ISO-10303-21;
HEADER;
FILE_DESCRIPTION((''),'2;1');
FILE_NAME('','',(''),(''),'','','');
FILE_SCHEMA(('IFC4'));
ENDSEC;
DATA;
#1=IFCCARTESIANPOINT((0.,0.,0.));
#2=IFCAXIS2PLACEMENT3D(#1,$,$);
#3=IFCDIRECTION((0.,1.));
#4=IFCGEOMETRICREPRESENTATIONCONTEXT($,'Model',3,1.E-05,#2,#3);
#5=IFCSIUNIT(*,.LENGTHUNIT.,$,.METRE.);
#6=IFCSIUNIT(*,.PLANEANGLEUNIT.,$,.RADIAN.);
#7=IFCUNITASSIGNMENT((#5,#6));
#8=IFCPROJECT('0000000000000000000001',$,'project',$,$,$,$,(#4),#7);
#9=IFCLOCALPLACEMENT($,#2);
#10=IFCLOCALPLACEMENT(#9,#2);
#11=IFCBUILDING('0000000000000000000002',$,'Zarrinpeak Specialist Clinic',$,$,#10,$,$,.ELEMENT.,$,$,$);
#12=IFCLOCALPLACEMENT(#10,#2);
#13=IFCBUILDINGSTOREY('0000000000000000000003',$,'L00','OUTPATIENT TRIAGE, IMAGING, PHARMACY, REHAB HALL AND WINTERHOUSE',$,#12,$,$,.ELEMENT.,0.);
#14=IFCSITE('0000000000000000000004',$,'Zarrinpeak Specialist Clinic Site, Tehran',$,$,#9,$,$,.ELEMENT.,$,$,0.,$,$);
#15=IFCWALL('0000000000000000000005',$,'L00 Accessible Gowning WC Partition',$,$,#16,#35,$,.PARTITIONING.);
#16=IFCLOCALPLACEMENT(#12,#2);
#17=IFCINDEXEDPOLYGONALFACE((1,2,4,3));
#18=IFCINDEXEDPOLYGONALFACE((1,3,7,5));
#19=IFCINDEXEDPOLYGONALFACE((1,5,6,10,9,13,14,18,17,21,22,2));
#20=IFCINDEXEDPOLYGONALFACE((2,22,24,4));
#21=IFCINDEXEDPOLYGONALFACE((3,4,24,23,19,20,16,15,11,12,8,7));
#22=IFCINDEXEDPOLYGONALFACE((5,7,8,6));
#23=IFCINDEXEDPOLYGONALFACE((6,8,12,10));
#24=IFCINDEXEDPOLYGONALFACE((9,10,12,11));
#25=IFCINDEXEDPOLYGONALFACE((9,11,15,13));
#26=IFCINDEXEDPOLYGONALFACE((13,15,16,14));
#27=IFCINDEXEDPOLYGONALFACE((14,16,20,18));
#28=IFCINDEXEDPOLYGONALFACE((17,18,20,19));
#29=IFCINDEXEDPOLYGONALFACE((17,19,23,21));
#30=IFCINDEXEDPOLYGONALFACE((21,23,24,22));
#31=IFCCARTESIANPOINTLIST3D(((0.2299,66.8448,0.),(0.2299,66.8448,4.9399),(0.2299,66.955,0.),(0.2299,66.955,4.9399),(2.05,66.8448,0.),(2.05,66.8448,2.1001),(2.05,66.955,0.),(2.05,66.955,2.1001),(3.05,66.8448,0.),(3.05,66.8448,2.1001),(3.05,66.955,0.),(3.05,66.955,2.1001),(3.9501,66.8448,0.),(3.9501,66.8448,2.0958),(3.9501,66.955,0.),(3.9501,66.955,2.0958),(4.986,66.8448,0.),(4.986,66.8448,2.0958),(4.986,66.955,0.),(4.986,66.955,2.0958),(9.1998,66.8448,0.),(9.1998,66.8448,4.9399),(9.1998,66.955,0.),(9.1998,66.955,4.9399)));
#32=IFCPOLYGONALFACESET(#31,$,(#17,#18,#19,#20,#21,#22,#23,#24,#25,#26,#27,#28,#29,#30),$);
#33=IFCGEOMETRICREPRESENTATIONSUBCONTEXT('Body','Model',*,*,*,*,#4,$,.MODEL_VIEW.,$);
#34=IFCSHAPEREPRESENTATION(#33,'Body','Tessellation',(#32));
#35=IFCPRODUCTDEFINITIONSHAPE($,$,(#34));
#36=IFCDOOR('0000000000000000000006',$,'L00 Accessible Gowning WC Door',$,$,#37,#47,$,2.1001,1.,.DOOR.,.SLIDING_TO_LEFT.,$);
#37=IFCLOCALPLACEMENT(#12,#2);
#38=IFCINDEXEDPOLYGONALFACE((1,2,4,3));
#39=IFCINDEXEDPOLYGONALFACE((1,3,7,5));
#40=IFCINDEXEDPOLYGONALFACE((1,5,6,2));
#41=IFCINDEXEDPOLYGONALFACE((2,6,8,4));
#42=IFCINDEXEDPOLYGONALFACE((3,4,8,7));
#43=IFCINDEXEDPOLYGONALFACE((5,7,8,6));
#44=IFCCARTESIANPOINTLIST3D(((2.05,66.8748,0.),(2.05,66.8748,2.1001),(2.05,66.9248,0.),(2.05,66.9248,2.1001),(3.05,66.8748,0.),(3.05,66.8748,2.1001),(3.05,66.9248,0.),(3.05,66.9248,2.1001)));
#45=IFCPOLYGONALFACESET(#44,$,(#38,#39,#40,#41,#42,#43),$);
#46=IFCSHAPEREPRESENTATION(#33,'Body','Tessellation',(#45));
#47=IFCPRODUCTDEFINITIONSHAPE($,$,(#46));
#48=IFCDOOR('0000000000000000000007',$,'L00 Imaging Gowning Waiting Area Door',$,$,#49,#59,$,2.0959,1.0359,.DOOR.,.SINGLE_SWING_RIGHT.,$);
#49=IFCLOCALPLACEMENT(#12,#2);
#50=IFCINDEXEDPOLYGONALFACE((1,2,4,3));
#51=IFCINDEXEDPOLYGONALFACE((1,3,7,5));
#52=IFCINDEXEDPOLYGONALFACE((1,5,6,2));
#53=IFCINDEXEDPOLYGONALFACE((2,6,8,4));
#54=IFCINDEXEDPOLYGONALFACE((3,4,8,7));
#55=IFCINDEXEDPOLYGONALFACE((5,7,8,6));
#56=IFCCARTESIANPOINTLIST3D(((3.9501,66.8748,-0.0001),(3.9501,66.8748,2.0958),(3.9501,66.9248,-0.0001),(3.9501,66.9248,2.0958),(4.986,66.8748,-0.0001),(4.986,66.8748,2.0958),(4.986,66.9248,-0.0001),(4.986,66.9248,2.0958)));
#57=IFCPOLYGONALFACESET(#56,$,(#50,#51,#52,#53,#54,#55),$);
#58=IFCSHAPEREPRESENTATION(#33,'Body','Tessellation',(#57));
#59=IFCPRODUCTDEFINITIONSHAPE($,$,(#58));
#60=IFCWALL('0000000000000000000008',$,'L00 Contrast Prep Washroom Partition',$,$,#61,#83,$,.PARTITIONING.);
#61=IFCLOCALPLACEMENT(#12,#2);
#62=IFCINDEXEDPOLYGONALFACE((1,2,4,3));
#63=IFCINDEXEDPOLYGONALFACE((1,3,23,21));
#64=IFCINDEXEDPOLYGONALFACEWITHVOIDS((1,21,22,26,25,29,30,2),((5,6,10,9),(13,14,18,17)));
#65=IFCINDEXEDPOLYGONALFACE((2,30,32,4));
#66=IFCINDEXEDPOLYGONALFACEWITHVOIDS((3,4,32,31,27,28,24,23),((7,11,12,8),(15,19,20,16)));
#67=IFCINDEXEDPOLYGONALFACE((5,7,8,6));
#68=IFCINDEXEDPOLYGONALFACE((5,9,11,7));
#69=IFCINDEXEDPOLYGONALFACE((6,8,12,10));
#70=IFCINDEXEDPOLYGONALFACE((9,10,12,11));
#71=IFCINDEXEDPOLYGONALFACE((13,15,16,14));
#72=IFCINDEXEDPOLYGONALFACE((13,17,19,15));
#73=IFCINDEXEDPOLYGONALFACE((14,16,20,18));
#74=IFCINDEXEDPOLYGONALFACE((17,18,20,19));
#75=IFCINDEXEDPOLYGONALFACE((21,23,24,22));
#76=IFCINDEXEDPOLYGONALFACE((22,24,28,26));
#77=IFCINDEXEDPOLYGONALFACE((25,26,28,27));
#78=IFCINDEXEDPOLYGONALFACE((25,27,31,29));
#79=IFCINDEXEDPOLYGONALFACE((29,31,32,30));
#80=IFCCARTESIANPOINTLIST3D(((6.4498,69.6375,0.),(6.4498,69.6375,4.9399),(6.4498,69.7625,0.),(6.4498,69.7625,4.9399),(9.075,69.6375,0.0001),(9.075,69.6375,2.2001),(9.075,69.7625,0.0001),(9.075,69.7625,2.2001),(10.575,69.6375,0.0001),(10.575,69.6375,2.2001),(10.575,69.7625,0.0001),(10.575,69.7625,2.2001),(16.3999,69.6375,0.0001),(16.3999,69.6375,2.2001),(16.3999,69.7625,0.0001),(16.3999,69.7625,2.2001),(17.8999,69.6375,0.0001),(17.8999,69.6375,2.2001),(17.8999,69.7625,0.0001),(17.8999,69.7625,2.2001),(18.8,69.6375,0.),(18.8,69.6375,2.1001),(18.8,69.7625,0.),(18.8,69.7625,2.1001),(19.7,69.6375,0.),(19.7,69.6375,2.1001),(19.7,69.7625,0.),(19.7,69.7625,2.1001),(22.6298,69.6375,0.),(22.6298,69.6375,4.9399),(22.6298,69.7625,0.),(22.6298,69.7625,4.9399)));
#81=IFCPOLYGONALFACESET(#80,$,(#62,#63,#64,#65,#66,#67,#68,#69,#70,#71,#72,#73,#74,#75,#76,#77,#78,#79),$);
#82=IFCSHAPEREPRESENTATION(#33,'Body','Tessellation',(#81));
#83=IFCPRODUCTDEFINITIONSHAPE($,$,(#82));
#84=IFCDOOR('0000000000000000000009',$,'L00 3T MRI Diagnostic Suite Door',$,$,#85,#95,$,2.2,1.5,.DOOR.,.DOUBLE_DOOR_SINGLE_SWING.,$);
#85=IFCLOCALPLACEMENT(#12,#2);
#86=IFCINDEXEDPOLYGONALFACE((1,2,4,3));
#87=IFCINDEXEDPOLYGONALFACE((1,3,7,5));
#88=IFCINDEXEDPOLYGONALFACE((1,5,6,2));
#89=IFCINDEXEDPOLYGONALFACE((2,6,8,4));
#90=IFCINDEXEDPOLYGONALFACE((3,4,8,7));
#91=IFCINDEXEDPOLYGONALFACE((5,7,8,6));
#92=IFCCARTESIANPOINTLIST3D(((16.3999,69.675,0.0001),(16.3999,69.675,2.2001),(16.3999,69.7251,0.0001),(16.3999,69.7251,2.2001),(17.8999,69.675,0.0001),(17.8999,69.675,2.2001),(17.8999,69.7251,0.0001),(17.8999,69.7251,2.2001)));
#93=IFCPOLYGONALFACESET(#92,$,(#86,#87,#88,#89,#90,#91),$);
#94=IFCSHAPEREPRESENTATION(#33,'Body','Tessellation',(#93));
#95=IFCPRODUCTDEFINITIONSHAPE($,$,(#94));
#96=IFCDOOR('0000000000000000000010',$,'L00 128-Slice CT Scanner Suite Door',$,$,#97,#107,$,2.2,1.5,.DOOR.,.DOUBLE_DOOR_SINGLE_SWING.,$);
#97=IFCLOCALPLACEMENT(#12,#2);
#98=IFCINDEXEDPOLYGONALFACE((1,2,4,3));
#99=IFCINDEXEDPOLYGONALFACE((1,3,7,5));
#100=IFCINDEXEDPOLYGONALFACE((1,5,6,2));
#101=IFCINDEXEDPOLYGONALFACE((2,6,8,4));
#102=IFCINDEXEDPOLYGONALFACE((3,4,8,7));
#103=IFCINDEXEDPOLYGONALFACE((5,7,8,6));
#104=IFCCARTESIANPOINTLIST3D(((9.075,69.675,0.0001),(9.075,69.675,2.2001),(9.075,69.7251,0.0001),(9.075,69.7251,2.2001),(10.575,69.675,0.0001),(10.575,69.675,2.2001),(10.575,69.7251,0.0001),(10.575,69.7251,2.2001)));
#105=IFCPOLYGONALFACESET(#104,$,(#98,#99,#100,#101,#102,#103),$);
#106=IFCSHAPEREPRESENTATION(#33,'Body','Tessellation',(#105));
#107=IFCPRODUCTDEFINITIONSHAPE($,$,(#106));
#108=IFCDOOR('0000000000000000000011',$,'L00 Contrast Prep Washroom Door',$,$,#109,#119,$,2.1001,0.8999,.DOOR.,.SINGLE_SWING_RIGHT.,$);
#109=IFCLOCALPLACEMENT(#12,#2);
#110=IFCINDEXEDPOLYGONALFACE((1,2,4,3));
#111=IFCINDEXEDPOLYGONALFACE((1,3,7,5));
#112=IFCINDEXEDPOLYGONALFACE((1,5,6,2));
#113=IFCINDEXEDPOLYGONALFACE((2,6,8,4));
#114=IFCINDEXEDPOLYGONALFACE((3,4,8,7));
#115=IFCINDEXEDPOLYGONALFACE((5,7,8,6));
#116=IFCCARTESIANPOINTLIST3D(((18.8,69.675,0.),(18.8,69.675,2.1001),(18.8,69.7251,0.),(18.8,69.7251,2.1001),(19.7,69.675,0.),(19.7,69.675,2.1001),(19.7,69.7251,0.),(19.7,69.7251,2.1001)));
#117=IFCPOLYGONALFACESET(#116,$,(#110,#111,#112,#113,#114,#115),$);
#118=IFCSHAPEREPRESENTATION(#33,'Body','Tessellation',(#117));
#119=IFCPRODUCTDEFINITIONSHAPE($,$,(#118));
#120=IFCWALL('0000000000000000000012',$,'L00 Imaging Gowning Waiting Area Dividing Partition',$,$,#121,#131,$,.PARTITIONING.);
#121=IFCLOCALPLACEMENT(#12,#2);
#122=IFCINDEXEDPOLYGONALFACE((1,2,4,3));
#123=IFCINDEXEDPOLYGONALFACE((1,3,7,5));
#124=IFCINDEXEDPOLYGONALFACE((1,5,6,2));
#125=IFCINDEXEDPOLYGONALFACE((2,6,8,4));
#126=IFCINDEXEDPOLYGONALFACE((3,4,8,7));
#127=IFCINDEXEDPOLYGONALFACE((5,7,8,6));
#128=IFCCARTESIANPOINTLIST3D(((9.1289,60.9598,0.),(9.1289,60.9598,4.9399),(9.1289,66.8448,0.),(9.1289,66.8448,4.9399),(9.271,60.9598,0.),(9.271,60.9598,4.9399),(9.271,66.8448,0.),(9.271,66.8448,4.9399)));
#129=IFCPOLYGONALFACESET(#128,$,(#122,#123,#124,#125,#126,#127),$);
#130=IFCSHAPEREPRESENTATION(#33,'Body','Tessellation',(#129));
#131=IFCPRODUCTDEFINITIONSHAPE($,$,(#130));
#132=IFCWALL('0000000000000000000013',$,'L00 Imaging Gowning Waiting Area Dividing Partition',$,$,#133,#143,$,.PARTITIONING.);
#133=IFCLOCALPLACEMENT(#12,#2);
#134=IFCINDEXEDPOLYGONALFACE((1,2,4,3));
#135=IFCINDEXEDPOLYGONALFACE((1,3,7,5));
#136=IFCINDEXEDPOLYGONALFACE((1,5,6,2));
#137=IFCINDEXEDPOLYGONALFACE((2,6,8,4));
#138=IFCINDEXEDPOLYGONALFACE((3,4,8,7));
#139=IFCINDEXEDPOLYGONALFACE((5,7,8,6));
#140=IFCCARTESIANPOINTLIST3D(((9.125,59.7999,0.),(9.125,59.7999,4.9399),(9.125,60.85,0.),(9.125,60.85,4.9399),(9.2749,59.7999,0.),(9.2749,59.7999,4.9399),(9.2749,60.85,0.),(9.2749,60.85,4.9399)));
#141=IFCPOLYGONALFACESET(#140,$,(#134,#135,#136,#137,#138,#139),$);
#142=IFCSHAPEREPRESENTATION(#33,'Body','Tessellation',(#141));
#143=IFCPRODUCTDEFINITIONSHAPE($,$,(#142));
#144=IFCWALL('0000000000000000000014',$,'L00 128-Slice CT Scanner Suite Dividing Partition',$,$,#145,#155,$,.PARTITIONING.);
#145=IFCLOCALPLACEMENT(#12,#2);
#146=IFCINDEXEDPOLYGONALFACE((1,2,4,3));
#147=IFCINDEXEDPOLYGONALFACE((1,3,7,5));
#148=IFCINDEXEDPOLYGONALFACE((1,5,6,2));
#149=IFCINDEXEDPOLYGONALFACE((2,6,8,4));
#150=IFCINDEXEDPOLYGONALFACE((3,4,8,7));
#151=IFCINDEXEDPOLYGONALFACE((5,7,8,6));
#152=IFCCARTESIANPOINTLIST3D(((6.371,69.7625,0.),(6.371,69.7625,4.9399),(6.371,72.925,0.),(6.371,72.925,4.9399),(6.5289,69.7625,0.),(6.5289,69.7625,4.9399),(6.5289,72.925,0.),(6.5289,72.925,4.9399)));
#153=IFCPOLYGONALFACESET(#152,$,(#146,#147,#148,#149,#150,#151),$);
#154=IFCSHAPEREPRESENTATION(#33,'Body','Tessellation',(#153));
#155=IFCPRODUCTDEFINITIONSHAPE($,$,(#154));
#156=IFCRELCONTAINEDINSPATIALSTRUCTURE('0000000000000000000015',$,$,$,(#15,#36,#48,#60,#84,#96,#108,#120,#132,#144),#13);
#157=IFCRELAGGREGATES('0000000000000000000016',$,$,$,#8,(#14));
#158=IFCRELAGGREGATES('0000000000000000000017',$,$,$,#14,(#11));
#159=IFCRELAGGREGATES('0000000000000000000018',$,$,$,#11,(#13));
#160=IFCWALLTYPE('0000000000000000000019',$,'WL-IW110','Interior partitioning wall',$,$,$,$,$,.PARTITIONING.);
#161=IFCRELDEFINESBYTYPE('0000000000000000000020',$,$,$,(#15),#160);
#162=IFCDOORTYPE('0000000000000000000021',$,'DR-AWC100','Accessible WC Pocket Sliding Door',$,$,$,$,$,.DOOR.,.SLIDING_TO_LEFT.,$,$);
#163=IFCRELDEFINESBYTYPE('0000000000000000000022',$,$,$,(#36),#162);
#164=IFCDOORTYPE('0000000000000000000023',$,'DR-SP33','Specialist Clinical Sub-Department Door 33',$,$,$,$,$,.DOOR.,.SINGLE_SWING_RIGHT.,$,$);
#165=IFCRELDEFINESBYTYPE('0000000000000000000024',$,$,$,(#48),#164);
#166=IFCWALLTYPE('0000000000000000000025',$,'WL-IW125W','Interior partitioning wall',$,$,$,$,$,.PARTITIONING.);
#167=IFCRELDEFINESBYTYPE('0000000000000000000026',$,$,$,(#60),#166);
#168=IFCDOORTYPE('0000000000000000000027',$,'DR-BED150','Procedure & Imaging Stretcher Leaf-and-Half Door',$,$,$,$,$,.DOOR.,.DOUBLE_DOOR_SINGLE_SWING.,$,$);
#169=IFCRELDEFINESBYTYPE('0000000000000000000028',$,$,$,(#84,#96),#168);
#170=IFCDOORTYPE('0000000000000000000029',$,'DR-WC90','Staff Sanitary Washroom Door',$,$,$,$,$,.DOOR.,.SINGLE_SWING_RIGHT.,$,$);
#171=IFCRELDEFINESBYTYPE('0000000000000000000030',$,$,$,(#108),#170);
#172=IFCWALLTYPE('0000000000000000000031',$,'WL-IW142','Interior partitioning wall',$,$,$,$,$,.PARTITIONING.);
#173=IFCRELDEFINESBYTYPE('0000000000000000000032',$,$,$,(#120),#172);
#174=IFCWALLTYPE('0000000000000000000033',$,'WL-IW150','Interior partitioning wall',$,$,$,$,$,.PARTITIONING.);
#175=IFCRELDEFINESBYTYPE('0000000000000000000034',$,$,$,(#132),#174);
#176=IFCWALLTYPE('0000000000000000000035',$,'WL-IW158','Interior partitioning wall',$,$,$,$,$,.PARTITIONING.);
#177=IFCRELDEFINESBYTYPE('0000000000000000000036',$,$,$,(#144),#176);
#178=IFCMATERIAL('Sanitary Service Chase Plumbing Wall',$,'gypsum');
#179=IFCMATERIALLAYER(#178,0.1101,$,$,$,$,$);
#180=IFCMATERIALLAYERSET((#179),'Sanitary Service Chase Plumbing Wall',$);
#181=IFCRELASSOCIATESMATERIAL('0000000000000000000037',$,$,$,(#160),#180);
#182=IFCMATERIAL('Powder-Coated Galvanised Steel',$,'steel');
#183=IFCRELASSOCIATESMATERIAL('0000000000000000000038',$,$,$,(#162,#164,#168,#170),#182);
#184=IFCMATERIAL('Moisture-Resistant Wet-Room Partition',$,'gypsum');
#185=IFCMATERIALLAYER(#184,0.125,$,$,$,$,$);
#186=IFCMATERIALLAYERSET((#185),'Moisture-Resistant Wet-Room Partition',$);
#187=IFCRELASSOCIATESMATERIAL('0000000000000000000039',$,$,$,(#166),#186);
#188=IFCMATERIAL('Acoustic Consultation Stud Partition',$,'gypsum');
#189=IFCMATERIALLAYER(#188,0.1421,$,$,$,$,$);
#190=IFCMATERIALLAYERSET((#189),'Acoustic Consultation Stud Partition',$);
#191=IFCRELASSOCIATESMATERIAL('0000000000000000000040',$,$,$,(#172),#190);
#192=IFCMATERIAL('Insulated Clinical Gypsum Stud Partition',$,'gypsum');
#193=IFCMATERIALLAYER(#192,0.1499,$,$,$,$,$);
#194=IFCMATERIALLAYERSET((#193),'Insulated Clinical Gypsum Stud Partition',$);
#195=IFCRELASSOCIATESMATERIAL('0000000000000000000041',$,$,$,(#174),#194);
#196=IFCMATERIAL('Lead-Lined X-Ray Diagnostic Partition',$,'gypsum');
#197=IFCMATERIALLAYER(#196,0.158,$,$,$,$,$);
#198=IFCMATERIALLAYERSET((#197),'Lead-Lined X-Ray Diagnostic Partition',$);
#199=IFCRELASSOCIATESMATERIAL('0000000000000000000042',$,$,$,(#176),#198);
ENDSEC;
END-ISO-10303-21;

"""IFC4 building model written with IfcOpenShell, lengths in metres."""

from ifc_helpers import new_model, si_unit, direction, frame, frame_2d, origin, place, context, subcontext, project, spatial, rectangle, extrude, material, layer, layer_set, type_object, element, fill, save


model = new_model("IFC4")

# Units and contexts
model_context = context("Model", 3, precision=1e-05, world=origin(), true_north=direction((0.0, 1.0)))
body_context = subcontext(model_context, "Body", "Model", "MODEL_VIEW")
ifc_project = project(units=[si_unit("LENGTHUNIT", "METRE"), si_unit("PLANEANGLEUNIT", "RADIAN")], contexts=[model_context])

# Site, building, storey
site_placement = place(None, origin())
site = spatial("IfcSite", under=ifc_project, at=site_placement, Name="Zarrinpeak Specialist Clinic Site, Tehran", CompositionType="ELEMENT", RefElevation=0.0)
building_placement = place(site_placement, origin())
building = spatial("IfcBuilding", under=site, at=building_placement, Name="Zarrinpeak Specialist Clinic", CompositionType="ELEMENT")
storey_placement = place(building_placement, origin())
storey = spatial("IfcBuildingStorey", under=building, at=storey_placement, Name="L00", Description="OUTPATIENT TRIAGE, IMAGING, PHARMACY, REHAB HALL AND WINTERHOUSE", CompositionType="ELEMENT", Elevation=0.0)

# Shared definitions
ifc_material_1 = material(Name="Sanitary Service Chase Plumbing Wall", Category="gypsum")
ifc_layer_1 = layer(ifc_material_1, 0.1101)
ifc_layer_set_1 = layer_set([ifc_layer_1], Name="Sanitary Service Chase Plumbing Wall")
wall_type_1 = type_object("IfcWallType", Name="WL-IW110", Description="Interior partitioning wall", PredefinedType="PARTITIONING", material=ifc_layer_set_1)

# Walls, openings, doors
wall_1_placement = place(storey_placement, frame((0.23, 66.8999, 0.0), z_axis=(0.0, 0.0, 1.0), x_axis=(1.0, 0.0, 0.0)))
wall_1 = element("IfcWall", 1, at=wall_1_placement, inside=storey, type_object=wall_type_1, Name="L00 Accessible Gowning WC Partition", PredefinedType="PARTITIONING", context=body_context, shape_type="SweptSolid", body=[
    extrude(rectangle(XDim=8.97, YDim=0.1101, at=frame_2d((4.4849, 0.0))), origin(), (0.0, 0.0, 1.0), 4.9399),
])
opening_1_placement = place(wall_1_placement, frame((1.8201, 0.0, 0.0)))
opening_1 = element("IfcOpeningElement", 2, at=opening_1_placement, cuts=wall_1, PredefinedType="OPENING", context=body_context, shape_type="SweptSolid", body=[
    extrude(rectangle(XDim=1.0, YDim=2.1001, at=frame_2d((0.5, 1.05))), frame((0.0, 0.0649, 0.0), z_axis=(0.0, -1.0, 0.0), x_axis=(1.0, 0.0, 0.0)), (0.0, 0.0, 1.0), 0.1301),
])
opening_2_placement = place(wall_1_placement, frame((3.72, 0.0, 0.0)))
opening_2 = element("IfcOpeningElement", 3, at=opening_2_placement, cuts=wall_1, PredefinedType="OPENING", context=body_context, shape_type="SweptSolid", body=[
    extrude(rectangle(XDim=1.0359, YDim=2.0959, at=frame_2d((0.5181, 1.0479))), frame((0.0, 0.0649, 0.0), z_axis=(0.0, -1.0, 0.0), x_axis=(1.0, 0.0, 0.0)), (0.0, 0.0, 1.0), 0.1301),
])
ifc_material_2 = material(Name="Powder-Coated Galvanised Steel", Category="steel")
door_type_1 = type_object("IfcDoorType", Name="DR-AWC100", Description="Accessible WC Pocket Sliding Door", OperationType="SLIDING_TO_LEFT", PredefinedType="DOOR", material=ifc_material_2)
door_1_placement = place(opening_1_placement, origin())
door_1 = element("IfcDoor", 4, at=door_1_placement, inside=storey, type_object=door_type_1, Name="L00 Accessible Gowning WC Door", OperationType="SLIDING_TO_LEFT", OverallHeight=2.1001, OverallWidth=1.0, PredefinedType="DOOR", context=body_context, shape_type="SweptSolid", body=[
    extrude(rectangle(XDim=1.0, YDim=2.1001, at=frame_2d((0.5, 1.05))), frame((0.0, 0.0249, 0.0), z_axis=(0.0, -1.0, 0.0), x_axis=(1.0, 0.0, 0.0)), (0.0, 0.0, 1.0), 0.05),
])
fill(opening_1, door_1)
door_type_2 = type_object("IfcDoorType", Name="DR-SP33", Description="Specialist Clinical Sub-Department Door 33", OperationType="SINGLE_SWING_RIGHT", PredefinedType="DOOR", material=ifc_material_2)
door_2_placement = place(opening_2_placement, origin())
door_2 = element("IfcDoor", 5, at=door_2_placement, inside=storey, type_object=door_type_2, Name="L00 Imaging Gowning Waiting Area Door", OperationType="SINGLE_SWING_RIGHT", OverallHeight=2.0959, OverallWidth=1.0359, PredefinedType="DOOR", context=body_context, shape_type="SweptSolid", body=[
    extrude(rectangle(XDim=1.0359, YDim=2.0959, at=frame_2d((0.5181, 1.0479))), frame((0.0, 0.0249, 0.0), z_axis=(0.0, -1.0, 0.0), x_axis=(1.0, 0.0, 0.0)), (0.0, 0.0, 1.0), 0.05),
])
fill(opening_2, door_2)
ifc_material_3 = material(Name="Moisture-Resistant Wet-Room Partition", Category="gypsum")
ifc_layer_2 = layer(ifc_material_3, 0.125)
ifc_layer_set_2 = layer_set([ifc_layer_2], Name="Moisture-Resistant Wet-Room Partition")
wall_type_2 = type_object("IfcWallType", Name="WL-IW125W", Description="Interior partitioning wall", PredefinedType="PARTITIONING", material=ifc_layer_set_2)
wall_2_placement = place(storey_placement, frame((6.45, 69.7, 0.0), z_axis=(0.0, 0.0, 1.0), x_axis=(1.0, 0.0, 0.0)))
wall_2 = element("IfcWall", 6, at=wall_2_placement, inside=storey, type_object=wall_type_2, Name="L00 Contrast Prep Washroom Partition", PredefinedType="PARTITIONING", context=body_context, shape_type="SweptSolid", body=[
    extrude(rectangle(XDim=16.1799, YDim=0.125, at=frame_2d((8.0898, 0.0))), origin(), (0.0, 0.0, 1.0), 4.9399),
])
opening_3_placement = place(wall_2_placement, frame((12.3501, 0.0, 0.0)))
opening_3 = element("IfcOpeningElement", 7, at=opening_3_placement, cuts=wall_2, PredefinedType="OPENING", context=body_context, shape_type="SweptSolid", body=[
    extrude(rectangle(XDim=0.8999, YDim=2.1001, at=frame_2d((0.45, 1.05))), frame((0.0, 0.0725, 0.0), z_axis=(0.0, -1.0, 0.0), x_axis=(1.0, 0.0, 0.0)), (0.0, 0.0, 1.0), 0.145),
])
opening_4_placement = place(wall_2_placement, frame((9.95, 0.0, 0.0)))
opening_4 = element("IfcOpeningElement", 8, at=opening_4_placement, cuts=wall_2, PredefinedType="OPENING", context=body_context, shape_type="SweptSolid", body=[
    extrude(rectangle(XDim=1.5, YDim=2.2, at=frame_2d((0.75, 1.1001))), frame((0.0, 0.0725, 0.0), z_axis=(0.0, -1.0, 0.0), x_axis=(1.0, 0.0, 0.0)), (0.0, 0.0, 1.0), 0.145),
])
opening_5_placement = place(wall_2_placement, frame((2.625, 0.0, 0.0)))
opening_5 = element("IfcOpeningElement", 9, at=opening_5_placement, cuts=wall_2, PredefinedType="OPENING", context=body_context, shape_type="SweptSolid", body=[
    extrude(rectangle(XDim=1.5, YDim=2.2, at=frame_2d((0.75, 1.1001))), frame((0.0, 0.0725, 0.0), z_axis=(0.0, -1.0, 0.0), x_axis=(1.0, 0.0, 0.0)), (0.0, 0.0, 1.0), 0.145),
])
door_type_3 = type_object("IfcDoorType", Name="DR-BED150", Description="Procedure & Imaging Stretcher Leaf-and-Half Door", OperationType="DOUBLE_DOOR_SINGLE_SWING", PredefinedType="DOOR", material=ifc_material_2)
door_3_placement = place(opening_4_placement, frame((1.5, 0.0, 0.0), z_axis=(0.0, 0.0, 1.0), x_axis=(-1.0, 0.0, 0.0)))
door_3 = element("IfcDoor", 10, at=door_3_placement, inside=storey, type_object=door_type_3, Name="L00 3T MRI Diagnostic Suite Door", OperationType="DOUBLE_DOOR_SINGLE_SWING", OverallHeight=2.2, OverallWidth=1.5, PredefinedType="DOOR", context=body_context, shape_type="SweptSolid", body=[
    extrude(rectangle(XDim=1.5, YDim=2.2, at=frame_2d((0.75, 1.1001))), frame((0.0, 0.0249, 0.0), z_axis=(0.0, -1.0, 0.0), x_axis=(1.0, 0.0, 0.0)), (0.0, 0.0, 1.0), 0.05),
])
fill(opening_4, door_3)
door_4_placement = place(opening_5_placement, frame((1.5, 0.0, 0.0), z_axis=(0.0, 0.0, 1.0), x_axis=(-1.0, 0.0, 0.0)))
door_4 = element("IfcDoor", 11, at=door_4_placement, inside=storey, type_object=door_type_3, Name="L00 128-Slice CT Scanner Suite Door", OperationType="DOUBLE_DOOR_SINGLE_SWING", OverallHeight=2.2, OverallWidth=1.5, PredefinedType="DOOR", context=body_context, shape_type="SweptSolid", body=[
    extrude(rectangle(XDim=1.5, YDim=2.2, at=frame_2d((0.75, 1.1001))), frame((0.0, 0.0249, 0.0), z_axis=(0.0, -1.0, 0.0), x_axis=(1.0, 0.0, 0.0)), (0.0, 0.0, 1.0), 0.05),
])
fill(opening_5, door_4)
door_type_4 = type_object("IfcDoorType", Name="DR-WC90", Description="Staff Sanitary Washroom Door", OperationType="SINGLE_SWING_RIGHT", PredefinedType="DOOR", material=ifc_material_2)
door_5_placement = place(opening_3_placement, frame((0.8999, 0.0, 0.0), z_axis=(0.0, 0.0, 1.0), x_axis=(-1.0, 0.0, 0.0)))
door_5 = element("IfcDoor", 12, at=door_5_placement, inside=storey, type_object=door_type_4, Name="L00 Contrast Prep Washroom Door", OperationType="SINGLE_SWING_RIGHT", OverallHeight=2.1001, OverallWidth=0.8999, PredefinedType="DOOR", context=body_context, shape_type="SweptSolid", body=[
    extrude(rectangle(XDim=0.8999, YDim=2.1001, at=frame_2d((0.45, 1.05))), frame((0.0, 0.0249, 0.0), z_axis=(0.0, -1.0, 0.0), x_axis=(1.0, 0.0, 0.0)), (0.0, 0.0, 1.0), 0.05),
])
fill(opening_3, door_5)

# Walls
ifc_material_4 = material(Name="Acoustic Consultation Stud Partition", Category="gypsum")
ifc_layer_3 = layer(ifc_material_4, 0.1421)
ifc_layer_set_3 = layer_set([ifc_layer_3], Name="Acoustic Consultation Stud Partition")
wall_type_3 = type_object("IfcWallType", Name="WL-IW142", Description="Interior partitioning wall", PredefinedType="PARTITIONING", material=ifc_layer_set_3)
wall_3_placement = place(storey_placement, frame((9.2, 60.96, 0.0), z_axis=(0.0, 0.0, 1.0), x_axis=(0.0, 1.0, 0.0)))
element("IfcWall", 13, at=wall_3_placement, inside=storey, type_object=wall_type_3, Name="L00 Imaging Gowning Waiting Area Dividing Partition", PredefinedType="PARTITIONING", context=body_context, shape_type="SweptSolid", body=[
    extrude(rectangle(XDim=5.885, YDim=0.1421, at=frame_2d((2.9424, 0.0))), origin(), (0.0, 0.0, 1.0), 4.9399),
])
ifc_material_5 = material(Name="Insulated Clinical Gypsum Stud Partition", Category="gypsum")
ifc_layer_4 = layer(ifc_material_5, 0.1499)
ifc_layer_set_4 = layer_set([ifc_layer_4], Name="Insulated Clinical Gypsum Stud Partition")
wall_type_4 = type_object("IfcWallType", Name="WL-IW150", Description="Interior partitioning wall", PredefinedType="PARTITIONING", material=ifc_layer_set_4)
wall_4_placement = place(storey_placement, frame((9.2, 59.8, 0.0), z_axis=(0.0, 0.0, 1.0), x_axis=(0.0, 1.0, 0.0)))
element("IfcWall", 14, at=wall_4_placement, inside=storey, type_object=wall_type_4, Name="L00 Imaging Gowning Waiting Area Dividing Partition", PredefinedType="PARTITIONING", context=body_context, shape_type="SweptSolid", body=[
    extrude(rectangle(XDim=1.05, YDim=0.1499, at=frame_2d((0.5249, 0.0))), origin(), (0.0, 0.0, 1.0), 4.9399),
])
ifc_material_6 = material(Name="Lead-Lined X-Ray Diagnostic Partition", Category="gypsum")
ifc_layer_5 = layer(ifc_material_6, 0.158)
ifc_layer_set_5 = layer_set([ifc_layer_5], Name="Lead-Lined X-Ray Diagnostic Partition")
wall_type_5 = type_object("IfcWallType", Name="WL-IW158", Description="Interior partitioning wall", PredefinedType="PARTITIONING", material=ifc_layer_set_5)
wall_5_placement = place(storey_placement, frame((6.45, 69.7625, 0.0), z_axis=(0.0, 0.0, 1.0), x_axis=(0.0, 1.0, 0.0)))
element("IfcWall", 15, at=wall_5_placement, inside=storey, type_object=wall_type_5, Name="L00 128-Slice CT Scanner Suite Dividing Partition", PredefinedType="PARTITIONING", context=body_context, shape_type="SweptSolid", body=[
    extrude(rectangle(XDim=3.1626, YDim=0.158, at=frame_2d((1.5813, 0.0))), origin(), (0.0, 0.0, 1.0), 4.9399),
])

save(model, "model.ifc")
